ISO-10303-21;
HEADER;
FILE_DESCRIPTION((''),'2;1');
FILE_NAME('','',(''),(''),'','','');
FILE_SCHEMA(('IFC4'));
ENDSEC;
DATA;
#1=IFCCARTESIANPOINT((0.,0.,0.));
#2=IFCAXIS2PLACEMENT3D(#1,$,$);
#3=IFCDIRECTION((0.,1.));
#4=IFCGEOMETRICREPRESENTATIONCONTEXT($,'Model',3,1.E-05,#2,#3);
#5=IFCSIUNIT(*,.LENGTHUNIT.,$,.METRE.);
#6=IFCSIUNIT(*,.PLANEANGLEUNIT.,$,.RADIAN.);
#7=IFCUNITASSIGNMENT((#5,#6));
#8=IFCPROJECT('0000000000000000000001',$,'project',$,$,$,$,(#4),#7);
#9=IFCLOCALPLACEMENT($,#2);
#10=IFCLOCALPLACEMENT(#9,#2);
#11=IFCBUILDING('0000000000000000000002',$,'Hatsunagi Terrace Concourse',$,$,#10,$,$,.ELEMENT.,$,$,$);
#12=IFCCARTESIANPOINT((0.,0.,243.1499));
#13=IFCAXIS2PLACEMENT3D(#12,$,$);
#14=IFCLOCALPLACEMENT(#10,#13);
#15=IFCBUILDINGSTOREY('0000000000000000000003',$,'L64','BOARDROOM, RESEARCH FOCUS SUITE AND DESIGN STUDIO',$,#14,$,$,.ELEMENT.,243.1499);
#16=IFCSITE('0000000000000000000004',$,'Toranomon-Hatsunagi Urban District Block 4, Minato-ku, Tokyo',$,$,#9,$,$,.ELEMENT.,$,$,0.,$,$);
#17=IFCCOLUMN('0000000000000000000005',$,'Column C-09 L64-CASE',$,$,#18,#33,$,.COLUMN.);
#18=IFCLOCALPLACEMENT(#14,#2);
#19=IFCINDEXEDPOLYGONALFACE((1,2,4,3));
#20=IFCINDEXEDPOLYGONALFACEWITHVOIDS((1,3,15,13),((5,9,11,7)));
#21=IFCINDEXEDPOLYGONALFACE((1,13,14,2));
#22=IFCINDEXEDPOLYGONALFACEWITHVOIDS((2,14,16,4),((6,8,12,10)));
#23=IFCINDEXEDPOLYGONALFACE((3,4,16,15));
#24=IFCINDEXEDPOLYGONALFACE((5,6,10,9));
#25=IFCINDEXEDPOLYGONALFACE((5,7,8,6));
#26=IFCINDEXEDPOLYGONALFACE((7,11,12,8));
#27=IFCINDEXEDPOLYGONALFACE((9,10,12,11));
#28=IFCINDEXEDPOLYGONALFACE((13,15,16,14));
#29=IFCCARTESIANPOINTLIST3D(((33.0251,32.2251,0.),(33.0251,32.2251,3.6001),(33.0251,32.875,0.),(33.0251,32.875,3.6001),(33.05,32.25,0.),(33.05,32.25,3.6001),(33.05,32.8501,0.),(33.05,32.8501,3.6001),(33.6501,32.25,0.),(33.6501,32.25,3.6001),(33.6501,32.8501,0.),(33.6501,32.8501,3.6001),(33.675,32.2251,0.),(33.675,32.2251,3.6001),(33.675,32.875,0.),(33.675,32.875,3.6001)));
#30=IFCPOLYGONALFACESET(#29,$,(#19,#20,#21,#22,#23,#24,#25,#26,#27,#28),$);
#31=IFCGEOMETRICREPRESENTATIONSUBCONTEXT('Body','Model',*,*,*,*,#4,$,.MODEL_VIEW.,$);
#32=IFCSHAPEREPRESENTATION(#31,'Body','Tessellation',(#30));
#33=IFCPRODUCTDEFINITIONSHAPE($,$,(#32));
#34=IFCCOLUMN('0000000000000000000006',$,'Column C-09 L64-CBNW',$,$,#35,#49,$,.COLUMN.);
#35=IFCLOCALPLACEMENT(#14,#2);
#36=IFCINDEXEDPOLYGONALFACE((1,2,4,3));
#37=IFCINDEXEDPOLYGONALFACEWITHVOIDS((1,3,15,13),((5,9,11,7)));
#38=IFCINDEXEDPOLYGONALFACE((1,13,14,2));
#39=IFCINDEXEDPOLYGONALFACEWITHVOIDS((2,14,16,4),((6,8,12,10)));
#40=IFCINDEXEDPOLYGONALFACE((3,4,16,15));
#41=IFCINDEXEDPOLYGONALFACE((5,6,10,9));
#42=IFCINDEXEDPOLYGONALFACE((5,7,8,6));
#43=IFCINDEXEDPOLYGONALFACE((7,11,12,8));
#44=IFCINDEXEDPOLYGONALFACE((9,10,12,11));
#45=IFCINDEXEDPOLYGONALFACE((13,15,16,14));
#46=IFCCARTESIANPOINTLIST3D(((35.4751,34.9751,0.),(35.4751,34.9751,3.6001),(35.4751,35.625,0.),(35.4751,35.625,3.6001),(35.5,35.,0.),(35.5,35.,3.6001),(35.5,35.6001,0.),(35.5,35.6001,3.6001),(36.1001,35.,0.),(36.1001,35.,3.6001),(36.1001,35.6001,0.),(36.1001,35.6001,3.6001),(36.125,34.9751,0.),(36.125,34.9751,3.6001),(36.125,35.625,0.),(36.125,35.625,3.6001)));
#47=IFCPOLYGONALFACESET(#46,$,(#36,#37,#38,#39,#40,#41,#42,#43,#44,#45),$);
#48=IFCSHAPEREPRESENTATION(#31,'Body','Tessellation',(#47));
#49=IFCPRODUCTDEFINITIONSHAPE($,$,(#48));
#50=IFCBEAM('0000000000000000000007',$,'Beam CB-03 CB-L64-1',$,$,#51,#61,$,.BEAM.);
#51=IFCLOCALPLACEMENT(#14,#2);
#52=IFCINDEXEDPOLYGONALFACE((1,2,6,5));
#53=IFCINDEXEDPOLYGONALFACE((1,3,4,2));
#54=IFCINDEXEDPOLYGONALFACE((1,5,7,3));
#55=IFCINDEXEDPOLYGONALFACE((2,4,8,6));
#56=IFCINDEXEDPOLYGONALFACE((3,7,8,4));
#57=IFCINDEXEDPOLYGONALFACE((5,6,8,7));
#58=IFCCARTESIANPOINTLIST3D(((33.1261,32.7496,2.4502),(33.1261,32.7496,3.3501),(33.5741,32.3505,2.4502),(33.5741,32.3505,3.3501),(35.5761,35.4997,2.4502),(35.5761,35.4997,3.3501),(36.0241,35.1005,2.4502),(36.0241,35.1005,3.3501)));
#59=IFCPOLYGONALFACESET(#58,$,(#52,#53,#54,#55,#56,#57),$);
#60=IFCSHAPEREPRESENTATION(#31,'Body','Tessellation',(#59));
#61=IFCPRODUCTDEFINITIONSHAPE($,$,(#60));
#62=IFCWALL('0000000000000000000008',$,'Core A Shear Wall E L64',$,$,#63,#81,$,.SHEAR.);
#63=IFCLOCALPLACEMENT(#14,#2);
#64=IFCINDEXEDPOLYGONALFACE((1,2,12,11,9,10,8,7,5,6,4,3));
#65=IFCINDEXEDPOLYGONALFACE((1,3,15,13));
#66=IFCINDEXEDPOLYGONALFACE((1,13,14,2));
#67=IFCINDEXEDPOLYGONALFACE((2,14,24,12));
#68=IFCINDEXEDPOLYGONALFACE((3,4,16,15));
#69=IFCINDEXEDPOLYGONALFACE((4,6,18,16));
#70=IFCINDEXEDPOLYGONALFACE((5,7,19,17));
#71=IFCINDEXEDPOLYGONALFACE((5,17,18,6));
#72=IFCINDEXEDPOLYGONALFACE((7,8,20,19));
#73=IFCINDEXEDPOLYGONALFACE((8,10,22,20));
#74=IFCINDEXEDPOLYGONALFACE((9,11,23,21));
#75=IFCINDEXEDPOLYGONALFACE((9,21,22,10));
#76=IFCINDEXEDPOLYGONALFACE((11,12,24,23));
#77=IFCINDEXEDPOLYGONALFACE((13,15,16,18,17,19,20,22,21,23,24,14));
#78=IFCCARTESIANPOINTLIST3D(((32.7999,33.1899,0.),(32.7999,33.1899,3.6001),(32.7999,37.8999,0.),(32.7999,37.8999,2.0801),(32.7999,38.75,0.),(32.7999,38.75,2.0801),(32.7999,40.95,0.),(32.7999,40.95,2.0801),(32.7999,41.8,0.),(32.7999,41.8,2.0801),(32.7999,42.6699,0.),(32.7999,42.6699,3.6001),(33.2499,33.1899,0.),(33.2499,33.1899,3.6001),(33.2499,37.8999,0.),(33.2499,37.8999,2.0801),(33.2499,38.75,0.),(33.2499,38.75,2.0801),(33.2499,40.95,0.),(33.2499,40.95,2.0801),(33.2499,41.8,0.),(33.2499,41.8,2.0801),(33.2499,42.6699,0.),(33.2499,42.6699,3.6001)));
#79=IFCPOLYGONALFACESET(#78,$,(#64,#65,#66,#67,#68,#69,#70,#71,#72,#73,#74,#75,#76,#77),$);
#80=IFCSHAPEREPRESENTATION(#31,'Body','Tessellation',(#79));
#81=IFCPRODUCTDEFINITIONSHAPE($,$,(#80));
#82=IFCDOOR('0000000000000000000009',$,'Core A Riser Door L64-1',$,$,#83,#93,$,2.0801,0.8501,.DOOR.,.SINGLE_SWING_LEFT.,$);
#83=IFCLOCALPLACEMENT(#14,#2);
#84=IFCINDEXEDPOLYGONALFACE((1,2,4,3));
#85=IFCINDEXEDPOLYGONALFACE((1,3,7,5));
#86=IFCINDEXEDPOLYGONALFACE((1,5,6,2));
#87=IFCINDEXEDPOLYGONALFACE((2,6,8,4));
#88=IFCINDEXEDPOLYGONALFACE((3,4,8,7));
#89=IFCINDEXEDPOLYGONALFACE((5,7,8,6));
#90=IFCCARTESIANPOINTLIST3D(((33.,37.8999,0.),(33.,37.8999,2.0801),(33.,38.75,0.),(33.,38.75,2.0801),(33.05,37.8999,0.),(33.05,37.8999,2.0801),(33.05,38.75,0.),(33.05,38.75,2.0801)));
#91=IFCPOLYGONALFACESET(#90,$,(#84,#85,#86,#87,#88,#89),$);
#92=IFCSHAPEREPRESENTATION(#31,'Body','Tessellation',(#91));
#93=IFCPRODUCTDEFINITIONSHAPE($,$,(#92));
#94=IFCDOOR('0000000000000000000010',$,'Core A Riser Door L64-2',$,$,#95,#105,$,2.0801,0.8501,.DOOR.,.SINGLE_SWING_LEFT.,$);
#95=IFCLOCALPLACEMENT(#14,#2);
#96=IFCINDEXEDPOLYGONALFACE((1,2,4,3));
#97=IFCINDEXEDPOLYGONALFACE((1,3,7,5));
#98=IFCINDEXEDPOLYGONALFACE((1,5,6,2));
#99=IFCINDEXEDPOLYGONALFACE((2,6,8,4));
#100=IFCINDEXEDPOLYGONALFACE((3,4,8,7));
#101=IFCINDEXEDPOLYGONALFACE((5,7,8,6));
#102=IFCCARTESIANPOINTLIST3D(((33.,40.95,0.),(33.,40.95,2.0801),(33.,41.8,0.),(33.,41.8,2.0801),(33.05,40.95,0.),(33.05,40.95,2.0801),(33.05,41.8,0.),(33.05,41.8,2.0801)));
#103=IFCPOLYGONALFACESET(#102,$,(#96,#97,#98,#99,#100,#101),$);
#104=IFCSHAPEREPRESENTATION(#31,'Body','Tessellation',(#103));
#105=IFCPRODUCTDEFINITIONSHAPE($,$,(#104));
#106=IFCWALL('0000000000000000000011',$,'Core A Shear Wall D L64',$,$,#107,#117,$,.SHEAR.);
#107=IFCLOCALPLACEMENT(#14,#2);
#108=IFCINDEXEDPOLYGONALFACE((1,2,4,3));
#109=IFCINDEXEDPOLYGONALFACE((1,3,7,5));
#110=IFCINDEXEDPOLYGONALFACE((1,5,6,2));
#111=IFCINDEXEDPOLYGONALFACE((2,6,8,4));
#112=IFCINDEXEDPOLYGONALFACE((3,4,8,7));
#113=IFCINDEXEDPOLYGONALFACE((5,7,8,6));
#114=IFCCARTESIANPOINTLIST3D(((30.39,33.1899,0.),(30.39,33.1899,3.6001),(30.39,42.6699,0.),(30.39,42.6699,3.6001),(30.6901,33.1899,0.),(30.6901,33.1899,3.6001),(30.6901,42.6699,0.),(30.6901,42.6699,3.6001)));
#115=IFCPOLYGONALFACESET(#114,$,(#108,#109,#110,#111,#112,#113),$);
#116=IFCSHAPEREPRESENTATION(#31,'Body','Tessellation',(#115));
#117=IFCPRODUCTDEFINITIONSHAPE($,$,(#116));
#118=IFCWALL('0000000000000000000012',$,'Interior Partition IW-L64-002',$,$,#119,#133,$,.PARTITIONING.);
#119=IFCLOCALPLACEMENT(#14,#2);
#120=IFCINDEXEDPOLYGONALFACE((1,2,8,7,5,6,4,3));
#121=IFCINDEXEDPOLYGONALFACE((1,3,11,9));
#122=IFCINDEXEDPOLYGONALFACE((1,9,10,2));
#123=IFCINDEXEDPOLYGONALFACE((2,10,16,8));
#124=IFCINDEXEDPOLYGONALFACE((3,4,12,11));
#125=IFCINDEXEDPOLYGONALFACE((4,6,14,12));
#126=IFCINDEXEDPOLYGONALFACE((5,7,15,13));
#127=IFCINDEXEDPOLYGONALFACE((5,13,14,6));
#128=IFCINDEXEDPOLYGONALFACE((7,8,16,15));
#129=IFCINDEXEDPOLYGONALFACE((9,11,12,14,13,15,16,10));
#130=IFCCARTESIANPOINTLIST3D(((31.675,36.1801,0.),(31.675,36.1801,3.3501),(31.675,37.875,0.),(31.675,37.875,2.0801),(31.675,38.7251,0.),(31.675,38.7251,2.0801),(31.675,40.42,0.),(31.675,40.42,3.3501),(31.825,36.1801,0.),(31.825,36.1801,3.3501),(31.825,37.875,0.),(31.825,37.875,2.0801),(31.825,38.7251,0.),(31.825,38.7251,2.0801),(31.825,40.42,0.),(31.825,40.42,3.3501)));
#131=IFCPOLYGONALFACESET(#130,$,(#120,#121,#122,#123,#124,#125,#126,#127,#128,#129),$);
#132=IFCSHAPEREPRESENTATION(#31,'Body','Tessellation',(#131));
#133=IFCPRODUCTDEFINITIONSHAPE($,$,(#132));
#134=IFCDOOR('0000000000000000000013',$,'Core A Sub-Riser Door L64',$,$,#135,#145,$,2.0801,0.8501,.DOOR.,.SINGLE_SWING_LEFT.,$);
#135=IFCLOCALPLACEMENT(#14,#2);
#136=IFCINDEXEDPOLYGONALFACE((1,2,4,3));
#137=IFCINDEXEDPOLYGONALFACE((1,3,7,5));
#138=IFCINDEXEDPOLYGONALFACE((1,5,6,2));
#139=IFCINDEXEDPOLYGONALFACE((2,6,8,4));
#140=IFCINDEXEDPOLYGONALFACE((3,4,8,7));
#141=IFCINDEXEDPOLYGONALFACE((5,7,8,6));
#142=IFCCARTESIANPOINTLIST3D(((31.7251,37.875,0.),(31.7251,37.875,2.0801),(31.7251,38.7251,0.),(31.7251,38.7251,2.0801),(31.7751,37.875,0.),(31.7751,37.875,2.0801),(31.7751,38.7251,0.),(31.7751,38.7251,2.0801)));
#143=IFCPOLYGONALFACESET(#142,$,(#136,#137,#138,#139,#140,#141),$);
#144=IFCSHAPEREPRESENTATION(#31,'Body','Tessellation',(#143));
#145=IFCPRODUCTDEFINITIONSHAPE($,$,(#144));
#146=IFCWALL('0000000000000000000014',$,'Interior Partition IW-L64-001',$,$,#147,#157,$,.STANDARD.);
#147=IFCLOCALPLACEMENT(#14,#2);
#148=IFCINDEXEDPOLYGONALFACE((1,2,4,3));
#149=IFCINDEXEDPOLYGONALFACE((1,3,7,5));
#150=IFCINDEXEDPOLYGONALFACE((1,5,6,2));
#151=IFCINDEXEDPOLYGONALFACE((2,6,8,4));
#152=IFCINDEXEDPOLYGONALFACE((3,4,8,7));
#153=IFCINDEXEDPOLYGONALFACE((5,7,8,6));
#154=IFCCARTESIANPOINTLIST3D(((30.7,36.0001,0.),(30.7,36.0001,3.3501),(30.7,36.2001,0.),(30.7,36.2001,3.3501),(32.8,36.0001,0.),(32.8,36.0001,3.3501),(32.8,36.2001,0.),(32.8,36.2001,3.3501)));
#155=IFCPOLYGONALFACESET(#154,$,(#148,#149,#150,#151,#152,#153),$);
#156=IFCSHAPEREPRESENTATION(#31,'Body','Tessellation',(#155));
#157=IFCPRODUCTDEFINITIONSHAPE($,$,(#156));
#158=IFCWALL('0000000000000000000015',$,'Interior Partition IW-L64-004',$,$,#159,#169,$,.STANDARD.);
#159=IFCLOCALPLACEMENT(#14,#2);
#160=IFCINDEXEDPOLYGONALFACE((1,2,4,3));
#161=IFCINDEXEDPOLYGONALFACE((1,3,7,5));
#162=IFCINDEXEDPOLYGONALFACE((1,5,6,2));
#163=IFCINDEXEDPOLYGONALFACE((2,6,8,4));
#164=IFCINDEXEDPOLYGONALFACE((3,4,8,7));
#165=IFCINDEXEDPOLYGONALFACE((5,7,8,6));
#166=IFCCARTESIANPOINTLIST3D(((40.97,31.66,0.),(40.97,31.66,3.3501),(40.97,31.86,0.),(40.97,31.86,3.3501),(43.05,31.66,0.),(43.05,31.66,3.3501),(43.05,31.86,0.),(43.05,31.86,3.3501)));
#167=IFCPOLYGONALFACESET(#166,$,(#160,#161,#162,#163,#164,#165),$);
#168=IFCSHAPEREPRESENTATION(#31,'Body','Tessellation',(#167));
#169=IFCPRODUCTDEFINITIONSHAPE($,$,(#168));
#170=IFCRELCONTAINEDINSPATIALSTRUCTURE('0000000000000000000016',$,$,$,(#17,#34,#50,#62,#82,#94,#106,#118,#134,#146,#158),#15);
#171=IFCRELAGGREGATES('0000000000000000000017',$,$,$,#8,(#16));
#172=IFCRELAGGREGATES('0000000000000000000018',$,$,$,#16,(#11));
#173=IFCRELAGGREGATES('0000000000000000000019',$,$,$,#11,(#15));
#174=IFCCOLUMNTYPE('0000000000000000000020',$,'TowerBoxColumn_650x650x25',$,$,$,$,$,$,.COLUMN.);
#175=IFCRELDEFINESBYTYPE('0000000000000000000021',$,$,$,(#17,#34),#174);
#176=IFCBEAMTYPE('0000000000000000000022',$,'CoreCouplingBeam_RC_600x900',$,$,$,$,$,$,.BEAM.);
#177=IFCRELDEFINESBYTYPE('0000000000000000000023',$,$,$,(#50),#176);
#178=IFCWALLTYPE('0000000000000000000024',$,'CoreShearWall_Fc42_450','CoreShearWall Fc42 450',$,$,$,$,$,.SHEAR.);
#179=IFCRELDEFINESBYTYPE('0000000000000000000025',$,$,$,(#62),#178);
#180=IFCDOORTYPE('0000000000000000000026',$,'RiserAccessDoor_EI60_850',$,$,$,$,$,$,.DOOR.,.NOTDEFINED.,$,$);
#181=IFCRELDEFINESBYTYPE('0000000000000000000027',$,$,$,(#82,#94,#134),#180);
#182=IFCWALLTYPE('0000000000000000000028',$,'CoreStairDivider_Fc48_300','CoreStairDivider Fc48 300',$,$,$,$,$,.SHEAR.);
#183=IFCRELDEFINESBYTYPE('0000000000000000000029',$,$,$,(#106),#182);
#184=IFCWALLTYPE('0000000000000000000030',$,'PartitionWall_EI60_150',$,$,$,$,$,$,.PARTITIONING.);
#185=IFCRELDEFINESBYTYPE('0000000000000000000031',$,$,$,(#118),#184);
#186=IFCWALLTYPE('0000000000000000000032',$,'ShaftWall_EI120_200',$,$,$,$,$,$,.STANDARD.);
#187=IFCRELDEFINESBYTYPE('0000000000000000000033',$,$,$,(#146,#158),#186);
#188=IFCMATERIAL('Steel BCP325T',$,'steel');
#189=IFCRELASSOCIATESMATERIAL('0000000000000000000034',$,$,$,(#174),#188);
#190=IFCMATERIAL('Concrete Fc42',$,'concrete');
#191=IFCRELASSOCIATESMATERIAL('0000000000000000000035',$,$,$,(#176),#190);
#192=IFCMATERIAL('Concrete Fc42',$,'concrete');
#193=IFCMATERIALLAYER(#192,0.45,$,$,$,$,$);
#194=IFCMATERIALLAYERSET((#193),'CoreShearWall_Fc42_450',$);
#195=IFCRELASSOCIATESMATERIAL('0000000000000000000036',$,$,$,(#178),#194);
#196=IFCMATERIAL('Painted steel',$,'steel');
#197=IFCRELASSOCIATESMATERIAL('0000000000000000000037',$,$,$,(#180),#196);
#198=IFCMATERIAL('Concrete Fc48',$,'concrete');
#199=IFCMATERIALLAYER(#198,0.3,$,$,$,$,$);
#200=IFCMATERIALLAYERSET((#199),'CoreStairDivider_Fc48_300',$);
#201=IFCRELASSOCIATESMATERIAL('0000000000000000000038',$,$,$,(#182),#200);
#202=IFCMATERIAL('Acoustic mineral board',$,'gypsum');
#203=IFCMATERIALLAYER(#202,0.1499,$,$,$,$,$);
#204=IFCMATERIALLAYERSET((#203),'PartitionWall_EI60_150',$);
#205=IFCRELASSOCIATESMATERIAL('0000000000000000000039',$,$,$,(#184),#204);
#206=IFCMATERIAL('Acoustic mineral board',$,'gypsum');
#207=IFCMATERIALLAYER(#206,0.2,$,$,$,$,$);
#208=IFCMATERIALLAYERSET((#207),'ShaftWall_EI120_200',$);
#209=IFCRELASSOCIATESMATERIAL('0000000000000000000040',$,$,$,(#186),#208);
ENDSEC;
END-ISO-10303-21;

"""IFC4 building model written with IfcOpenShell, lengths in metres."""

from ifc_helpers import new_model, si_unit, direction, frame, frame_2d, origin, origin_2d, place, context, subcontext, project, spatial, rectangle, hollow_rectangle, extrude, material, layer, layer_set, material_profile, profile_set, type_object, element, fill, save


model = new_model("IFC4")

# Units and contexts
model_context = context("Model", 3, precision=1e-05, world=origin(), true_north=direction((0.0, 1.0)))
body_context = subcontext(model_context, "Body", "Model", "MODEL_VIEW")
ifc_project = project(units=[si_unit("LENGTHUNIT", "METRE"), si_unit("PLANEANGLEUNIT", "RADIAN")], contexts=[model_context])

# Site, building, storey
site_placement = place(None, origin())
site = spatial("IfcSite", under=ifc_project, at=site_placement, Name="Toranomon-Hatsunagi Urban District Block 4, Minato-ku, Tokyo", CompositionType="ELEMENT", RefElevation=0.0)
building_placement = place(site_placement, origin())
building = spatial("IfcBuilding", under=site, at=building_placement, Name="Hatsunagi Terrace Concourse", CompositionType="ELEMENT")
storey_placement = place(building_placement, frame((0.0, 0.0, 243.1499)))
storey = spatial("IfcBuildingStorey", under=building, at=storey_placement, Name="L64", Description="BOARDROOM, RESEARCH FOCUS SUITE AND DESIGN STUDIO", CompositionType="ELEMENT", Elevation=243.1499)

# Columns
ifc_material_1 = material(Name="Steel BCP325T", Category="steel")
ifc_material_profile_1 = material_profile(ifc_material_1, hollow_rectangle(XDim=0.6499, YDim=0.6499, WallThickness=0.0249, at=origin_2d()), Name="BCP-650x650x25")
ifc_profile_set_1 = profile_set([ifc_material_profile_1], Name="Steel BCP325T")
column_type = type_object("IfcColumnType", Name="TowerBoxColumn_650x650x25", PredefinedType="COLUMN", material=ifc_profile_set_1)
for number, where, z_axis, x_axis, name in (
    (1, (33.3501, 32.55, 0.0), (0.0, 0.0, 1.0), (1.0, 0.0, 0.0), "Column C-09 L64-CASE"),
    (2, (35.8, 35.3, 0.0), (0.0, 0.0, 1.0), (1.0, 0.0, 0.0), "Column C-09 L64-CBNW"),
):
    element("IfcColumn", number, at=place(storey_placement, frame(where, z_axis=z_axis, x_axis=x_axis)), inside=storey, type_object=column_type, Name=name, PredefinedType="COLUMN", context=body_context, shape_type="SweptSolid", body=[
        extrude(hollow_rectangle(XDim=0.6499, YDim=0.6499, WallThickness=0.0249, at=origin_2d()), origin(), (0.0, 0.0, 1.0), 3.6001),
    ])

# Beam
ifc_material_2 = material(Name="Concrete Fc42", Category="concrete")
ifc_material_profile_2 = material_profile(ifc_material_2, rectangle(XDim=0.6001, YDim=0.8999, at=origin_2d()), Name="RC-600x900")
ifc_profile_set_2 = profile_set([ifc_material_profile_2], Name="Concrete Fc42")
beam_type = type_object("IfcBeamType", Name="CoreCouplingBeam_RC_600x900", PredefinedType="BEAM", material=ifc_profile_set_2)
beam_placement = place(storey_placement, frame((33.3501, 32.55, 2.9001), z_axis=(0.665199, 0.746666, 0.0), x_axis=(-0.746666, 0.665199, 0.0)))
element("IfcBeam", 3, at=beam_placement, inside=storey, type_object=beam_type, Name="Beam CB-03 CB-L64-1", PredefinedType="BEAM", context=body_context, shape_type="SweptSolid", body=[
    extrude(rectangle(XDim=0.6001, YDim=0.8999, at=origin_2d()), origin(), (0.0, 0.0, 1.0), 3.6831),
])

# Wall, openings, doors
ifc_material_3 = material(Name="Concrete Fc42", Category="concrete")
ifc_layer_1 = layer(ifc_material_3, 0.45)
ifc_layer_set_1 = layer_set([ifc_layer_1], Name="CoreShearWall_Fc42_450")
wall_type_1 = type_object("IfcWallType", Name="CoreShearWall_Fc42_450", Description="CoreShearWall Fc42 450", PredefinedType="SHEAR", material=ifc_layer_set_1)
wall_1_placement = place(storey_placement, frame((33.0249, 33.1899, 0.0), z_axis=(0.0, 0.0, 1.0), x_axis=(0.0, 1.0, 0.0)))
wall_1 = element("IfcWall", 4, at=wall_1_placement, inside=storey, type_object=wall_type_1, Name="Core A Shear Wall E L64", PredefinedType="SHEAR", context=body_context, shape_type="SweptSolid", body=[
    extrude(rectangle(XDim=9.48, YDim=0.45, at=frame_2d((4.74, 0.0))), origin(), (0.0, 0.0, 1.0), 3.6001),
])
opening_1_placement = place(wall_1_placement, frame((4.71, 0.0, 0.0)))
opening_1 = element("IfcOpeningElement", 5, at=opening_1_placement, cuts=wall_1, PredefinedType="OPENING", context=body_context, shape_type="SweptSolid", body=[
    extrude(rectangle(XDim=0.8501, YDim=2.0801, at=frame_2d((0.425, 1.04))), frame((0.0, 0.2349, 0.0), z_axis=(0.0, -1.0, 0.0), x_axis=(1.0, 0.0, 0.0)), (0.0, 0.0, 1.0), 0.47),
])
opening_2_placement = place(wall_1_placement, frame((7.76, 0.0, 0.0)))
opening_2 = element("IfcOpeningElement", 6, at=opening_2_placement, cuts=wall_1, PredefinedType="OPENING", context=body_context, shape_type="SweptSolid", body=[
    extrude(rectangle(XDim=0.8501, YDim=2.0801, at=frame_2d((0.425, 1.04))), frame((0.0, 0.2349, 0.0), z_axis=(0.0, -1.0, 0.0), x_axis=(1.0, 0.0, 0.0)), (0.0, 0.0, 1.0), 0.47),
])
ifc_material_4 = material(Name="Painted steel", Category="steel")
door_type_1 = type_object("IfcDoorType", Name="RiserAccessDoor_EI60_850", OperationType="NOTDEFINED", PredefinedType="DOOR", material=ifc_material_4)
door_1_placement = place(opening_1_placement, origin())
door_1 = element("IfcDoor", 7, at=door_1_placement, inside=storey, type_object=door_type_1, Name="Core A Riser Door L64-1", OperationType="SINGLE_SWING_LEFT", OverallHeight=2.0801, OverallWidth=0.8501, PredefinedType="DOOR", context=body_context, shape_type="SweptSolid", body=[
    extrude(rectangle(XDim=0.8501, YDim=2.0801, at=frame_2d((0.425, 1.04))), frame((0.0, 0.0249, 0.0), z_axis=(0.0, -1.0, 0.0), x_axis=(1.0, 0.0, 0.0)), (0.0, 0.0, 1.0), 0.05),
])
fill(opening_1, door_1)
door_2_placement = place(opening_2_placement, origin())
door_2 = element("IfcDoor", 8, at=door_2_placement, inside=storey, type_object=door_type_1, Name="Core A Riser Door L64-2", OperationType="SINGLE_SWING_LEFT", OverallHeight=2.0801, OverallWidth=0.8501, PredefinedType="DOOR", context=body_context, shape_type="SweptSolid", body=[
    extrude(rectangle(XDim=0.8501, YDim=2.0801, at=frame_2d((0.425, 1.04))), frame((0.0, 0.0249, 0.0), z_axis=(0.0, -1.0, 0.0), x_axis=(1.0, 0.0, 0.0)), (0.0, 0.0, 1.0), 0.05),
])
fill(opening_2, door_2)

# Wall
ifc_material_5 = material(Name="Concrete Fc48", Category="concrete")
ifc_layer_2 = layer(ifc_material_5, 0.3)
ifc_layer_set_2 = layer_set([ifc_layer_2], Name="CoreStairDivider_Fc48_300")
wall_type_2 = type_object("IfcWallType", Name="CoreStairDivider_Fc48_300", Description="CoreStairDivider Fc48 300", PredefinedType="SHEAR", material=ifc_layer_set_2)
wall_2_placement = place(storey_placement, frame((30.54, 33.1899, 0.0), z_axis=(0.0, 0.0, 1.0), x_axis=(0.0, 1.0, 0.0)))
element("IfcWall", 9, at=wall_2_placement, inside=storey, type_object=wall_type_2, Name="Core A Shear Wall D L64", PredefinedType="SHEAR", context=body_context, shape_type="SweptSolid", body=[
    extrude(rectangle(XDim=9.48, YDim=0.3, at=frame_2d((4.74, 0.0))), origin(), (0.0, 0.0, 1.0), 3.6001),
])

# Wall, opening, door
ifc_material_6 = material(Name="Acoustic mineral board", Category="gypsum")
ifc_layer_3 = layer(ifc_material_6, 0.1499)
ifc_layer_set_3 = layer_set([ifc_layer_3], Name="PartitionWall_EI60_150")
wall_type_3 = type_object("IfcWallType", Name="PartitionWall_EI60_150", PredefinedType="PARTITIONING", material=ifc_layer_set_3)
wall_3_placement = place(storey_placement, frame((31.75, 36.1799, 0.0), z_axis=(0.0, 0.0, 1.0), x_axis=(0.0, 1.0, 0.0)))
wall_3 = element("IfcWall", 10, at=wall_3_placement, inside=storey, type_object=wall_type_3, Name="Interior Partition IW-L64-002", PredefinedType="PARTITIONING", context=body_context, shape_type="SweptSolid", body=[
    extrude(rectangle(XDim=4.24, YDim=0.1499, at=frame_2d((2.1201, 0.0))), origin(), (0.0, 0.0, 1.0), 3.3501),
])
opening_3_placement = place(wall_3_placement, frame((1.6951, 0.0, 0.0)))
opening_3 = element("IfcOpeningElement", 11, at=opening_3_placement, cuts=wall_3, PredefinedType="OPENING", context=body_context, shape_type="SweptSolid", body=[
    extrude(rectangle(XDim=0.8501, YDim=2.0801, at=frame_2d((0.425, 1.04))), frame((0.0, 0.085, 0.0), z_axis=(0.0, -1.0, 0.0), x_axis=(1.0, 0.0, 0.0)), (0.0, 0.0, 1.0), 0.1699),
])
door_3_placement = place(opening_3_placement, origin())
door_3 = element("IfcDoor", 12, at=door_3_placement, inside=storey, type_object=door_type_1, Name="Core A Sub-Riser Door L64", OperationType="SINGLE_SWING_LEFT", OverallHeight=2.0801, OverallWidth=0.8501, PredefinedType="DOOR", context=body_context, shape_type="SweptSolid", body=[
    extrude(rectangle(XDim=0.8501, YDim=2.0801, at=frame_2d((0.425, 1.04))), frame((0.0, 0.0249, 0.0), z_axis=(0.0, -1.0, 0.0), x_axis=(1.0, 0.0, 0.0)), (0.0, 0.0, 1.0), 0.05),
])
fill(opening_3, door_3)

# Walls
ifc_material_7 = material(Name="Acoustic mineral board", Category="gypsum")
ifc_layer_4 = layer(ifc_material_7, 0.2)
ifc_layer_set_4 = layer_set([ifc_layer_4], Name="ShaftWall_EI120_200")
wall_type_4 = type_object("IfcWallType", Name="ShaftWall_EI120_200", PredefinedType="STANDARD", material=ifc_layer_set_4)
wall_4_placement = place(storey_placement, frame((30.7, 36.1001, 0.0), z_axis=(0.0, 0.0, 1.0), x_axis=(1.0, 0.0, 0.0)))
element("IfcWall", 13, at=wall_4_placement, inside=storey, type_object=wall_type_4, Name="Interior Partition IW-L64-001", PredefinedType="STANDARD", context=body_context, shape_type="SweptSolid", body=[
    extrude(rectangle(XDim=2.1001, YDim=0.2, at=frame_2d((1.05, 0.0))), origin(), (0.0, 0.0, 1.0), 3.3501),
])
wall_5_placement = place(storey_placement, frame((40.97, 31.76, 0.0), z_axis=(0.0, 0.0, 1.0), x_axis=(1.0, 0.0, 0.0)))
element("IfcWall", 14, at=wall_5_placement, inside=storey, type_object=wall_type_4, Name="Interior Partition IW-L64-004", PredefinedType="STANDARD", context=body_context, shape_type="SweptSolid", body=[
    extrude(rectangle(XDim=2.0801, YDim=0.2, at=frame_2d((1.04, 0.0))), origin(), (0.0, 0.0, 1.0), 3.3501),
])

save(model, "model.ifc")
